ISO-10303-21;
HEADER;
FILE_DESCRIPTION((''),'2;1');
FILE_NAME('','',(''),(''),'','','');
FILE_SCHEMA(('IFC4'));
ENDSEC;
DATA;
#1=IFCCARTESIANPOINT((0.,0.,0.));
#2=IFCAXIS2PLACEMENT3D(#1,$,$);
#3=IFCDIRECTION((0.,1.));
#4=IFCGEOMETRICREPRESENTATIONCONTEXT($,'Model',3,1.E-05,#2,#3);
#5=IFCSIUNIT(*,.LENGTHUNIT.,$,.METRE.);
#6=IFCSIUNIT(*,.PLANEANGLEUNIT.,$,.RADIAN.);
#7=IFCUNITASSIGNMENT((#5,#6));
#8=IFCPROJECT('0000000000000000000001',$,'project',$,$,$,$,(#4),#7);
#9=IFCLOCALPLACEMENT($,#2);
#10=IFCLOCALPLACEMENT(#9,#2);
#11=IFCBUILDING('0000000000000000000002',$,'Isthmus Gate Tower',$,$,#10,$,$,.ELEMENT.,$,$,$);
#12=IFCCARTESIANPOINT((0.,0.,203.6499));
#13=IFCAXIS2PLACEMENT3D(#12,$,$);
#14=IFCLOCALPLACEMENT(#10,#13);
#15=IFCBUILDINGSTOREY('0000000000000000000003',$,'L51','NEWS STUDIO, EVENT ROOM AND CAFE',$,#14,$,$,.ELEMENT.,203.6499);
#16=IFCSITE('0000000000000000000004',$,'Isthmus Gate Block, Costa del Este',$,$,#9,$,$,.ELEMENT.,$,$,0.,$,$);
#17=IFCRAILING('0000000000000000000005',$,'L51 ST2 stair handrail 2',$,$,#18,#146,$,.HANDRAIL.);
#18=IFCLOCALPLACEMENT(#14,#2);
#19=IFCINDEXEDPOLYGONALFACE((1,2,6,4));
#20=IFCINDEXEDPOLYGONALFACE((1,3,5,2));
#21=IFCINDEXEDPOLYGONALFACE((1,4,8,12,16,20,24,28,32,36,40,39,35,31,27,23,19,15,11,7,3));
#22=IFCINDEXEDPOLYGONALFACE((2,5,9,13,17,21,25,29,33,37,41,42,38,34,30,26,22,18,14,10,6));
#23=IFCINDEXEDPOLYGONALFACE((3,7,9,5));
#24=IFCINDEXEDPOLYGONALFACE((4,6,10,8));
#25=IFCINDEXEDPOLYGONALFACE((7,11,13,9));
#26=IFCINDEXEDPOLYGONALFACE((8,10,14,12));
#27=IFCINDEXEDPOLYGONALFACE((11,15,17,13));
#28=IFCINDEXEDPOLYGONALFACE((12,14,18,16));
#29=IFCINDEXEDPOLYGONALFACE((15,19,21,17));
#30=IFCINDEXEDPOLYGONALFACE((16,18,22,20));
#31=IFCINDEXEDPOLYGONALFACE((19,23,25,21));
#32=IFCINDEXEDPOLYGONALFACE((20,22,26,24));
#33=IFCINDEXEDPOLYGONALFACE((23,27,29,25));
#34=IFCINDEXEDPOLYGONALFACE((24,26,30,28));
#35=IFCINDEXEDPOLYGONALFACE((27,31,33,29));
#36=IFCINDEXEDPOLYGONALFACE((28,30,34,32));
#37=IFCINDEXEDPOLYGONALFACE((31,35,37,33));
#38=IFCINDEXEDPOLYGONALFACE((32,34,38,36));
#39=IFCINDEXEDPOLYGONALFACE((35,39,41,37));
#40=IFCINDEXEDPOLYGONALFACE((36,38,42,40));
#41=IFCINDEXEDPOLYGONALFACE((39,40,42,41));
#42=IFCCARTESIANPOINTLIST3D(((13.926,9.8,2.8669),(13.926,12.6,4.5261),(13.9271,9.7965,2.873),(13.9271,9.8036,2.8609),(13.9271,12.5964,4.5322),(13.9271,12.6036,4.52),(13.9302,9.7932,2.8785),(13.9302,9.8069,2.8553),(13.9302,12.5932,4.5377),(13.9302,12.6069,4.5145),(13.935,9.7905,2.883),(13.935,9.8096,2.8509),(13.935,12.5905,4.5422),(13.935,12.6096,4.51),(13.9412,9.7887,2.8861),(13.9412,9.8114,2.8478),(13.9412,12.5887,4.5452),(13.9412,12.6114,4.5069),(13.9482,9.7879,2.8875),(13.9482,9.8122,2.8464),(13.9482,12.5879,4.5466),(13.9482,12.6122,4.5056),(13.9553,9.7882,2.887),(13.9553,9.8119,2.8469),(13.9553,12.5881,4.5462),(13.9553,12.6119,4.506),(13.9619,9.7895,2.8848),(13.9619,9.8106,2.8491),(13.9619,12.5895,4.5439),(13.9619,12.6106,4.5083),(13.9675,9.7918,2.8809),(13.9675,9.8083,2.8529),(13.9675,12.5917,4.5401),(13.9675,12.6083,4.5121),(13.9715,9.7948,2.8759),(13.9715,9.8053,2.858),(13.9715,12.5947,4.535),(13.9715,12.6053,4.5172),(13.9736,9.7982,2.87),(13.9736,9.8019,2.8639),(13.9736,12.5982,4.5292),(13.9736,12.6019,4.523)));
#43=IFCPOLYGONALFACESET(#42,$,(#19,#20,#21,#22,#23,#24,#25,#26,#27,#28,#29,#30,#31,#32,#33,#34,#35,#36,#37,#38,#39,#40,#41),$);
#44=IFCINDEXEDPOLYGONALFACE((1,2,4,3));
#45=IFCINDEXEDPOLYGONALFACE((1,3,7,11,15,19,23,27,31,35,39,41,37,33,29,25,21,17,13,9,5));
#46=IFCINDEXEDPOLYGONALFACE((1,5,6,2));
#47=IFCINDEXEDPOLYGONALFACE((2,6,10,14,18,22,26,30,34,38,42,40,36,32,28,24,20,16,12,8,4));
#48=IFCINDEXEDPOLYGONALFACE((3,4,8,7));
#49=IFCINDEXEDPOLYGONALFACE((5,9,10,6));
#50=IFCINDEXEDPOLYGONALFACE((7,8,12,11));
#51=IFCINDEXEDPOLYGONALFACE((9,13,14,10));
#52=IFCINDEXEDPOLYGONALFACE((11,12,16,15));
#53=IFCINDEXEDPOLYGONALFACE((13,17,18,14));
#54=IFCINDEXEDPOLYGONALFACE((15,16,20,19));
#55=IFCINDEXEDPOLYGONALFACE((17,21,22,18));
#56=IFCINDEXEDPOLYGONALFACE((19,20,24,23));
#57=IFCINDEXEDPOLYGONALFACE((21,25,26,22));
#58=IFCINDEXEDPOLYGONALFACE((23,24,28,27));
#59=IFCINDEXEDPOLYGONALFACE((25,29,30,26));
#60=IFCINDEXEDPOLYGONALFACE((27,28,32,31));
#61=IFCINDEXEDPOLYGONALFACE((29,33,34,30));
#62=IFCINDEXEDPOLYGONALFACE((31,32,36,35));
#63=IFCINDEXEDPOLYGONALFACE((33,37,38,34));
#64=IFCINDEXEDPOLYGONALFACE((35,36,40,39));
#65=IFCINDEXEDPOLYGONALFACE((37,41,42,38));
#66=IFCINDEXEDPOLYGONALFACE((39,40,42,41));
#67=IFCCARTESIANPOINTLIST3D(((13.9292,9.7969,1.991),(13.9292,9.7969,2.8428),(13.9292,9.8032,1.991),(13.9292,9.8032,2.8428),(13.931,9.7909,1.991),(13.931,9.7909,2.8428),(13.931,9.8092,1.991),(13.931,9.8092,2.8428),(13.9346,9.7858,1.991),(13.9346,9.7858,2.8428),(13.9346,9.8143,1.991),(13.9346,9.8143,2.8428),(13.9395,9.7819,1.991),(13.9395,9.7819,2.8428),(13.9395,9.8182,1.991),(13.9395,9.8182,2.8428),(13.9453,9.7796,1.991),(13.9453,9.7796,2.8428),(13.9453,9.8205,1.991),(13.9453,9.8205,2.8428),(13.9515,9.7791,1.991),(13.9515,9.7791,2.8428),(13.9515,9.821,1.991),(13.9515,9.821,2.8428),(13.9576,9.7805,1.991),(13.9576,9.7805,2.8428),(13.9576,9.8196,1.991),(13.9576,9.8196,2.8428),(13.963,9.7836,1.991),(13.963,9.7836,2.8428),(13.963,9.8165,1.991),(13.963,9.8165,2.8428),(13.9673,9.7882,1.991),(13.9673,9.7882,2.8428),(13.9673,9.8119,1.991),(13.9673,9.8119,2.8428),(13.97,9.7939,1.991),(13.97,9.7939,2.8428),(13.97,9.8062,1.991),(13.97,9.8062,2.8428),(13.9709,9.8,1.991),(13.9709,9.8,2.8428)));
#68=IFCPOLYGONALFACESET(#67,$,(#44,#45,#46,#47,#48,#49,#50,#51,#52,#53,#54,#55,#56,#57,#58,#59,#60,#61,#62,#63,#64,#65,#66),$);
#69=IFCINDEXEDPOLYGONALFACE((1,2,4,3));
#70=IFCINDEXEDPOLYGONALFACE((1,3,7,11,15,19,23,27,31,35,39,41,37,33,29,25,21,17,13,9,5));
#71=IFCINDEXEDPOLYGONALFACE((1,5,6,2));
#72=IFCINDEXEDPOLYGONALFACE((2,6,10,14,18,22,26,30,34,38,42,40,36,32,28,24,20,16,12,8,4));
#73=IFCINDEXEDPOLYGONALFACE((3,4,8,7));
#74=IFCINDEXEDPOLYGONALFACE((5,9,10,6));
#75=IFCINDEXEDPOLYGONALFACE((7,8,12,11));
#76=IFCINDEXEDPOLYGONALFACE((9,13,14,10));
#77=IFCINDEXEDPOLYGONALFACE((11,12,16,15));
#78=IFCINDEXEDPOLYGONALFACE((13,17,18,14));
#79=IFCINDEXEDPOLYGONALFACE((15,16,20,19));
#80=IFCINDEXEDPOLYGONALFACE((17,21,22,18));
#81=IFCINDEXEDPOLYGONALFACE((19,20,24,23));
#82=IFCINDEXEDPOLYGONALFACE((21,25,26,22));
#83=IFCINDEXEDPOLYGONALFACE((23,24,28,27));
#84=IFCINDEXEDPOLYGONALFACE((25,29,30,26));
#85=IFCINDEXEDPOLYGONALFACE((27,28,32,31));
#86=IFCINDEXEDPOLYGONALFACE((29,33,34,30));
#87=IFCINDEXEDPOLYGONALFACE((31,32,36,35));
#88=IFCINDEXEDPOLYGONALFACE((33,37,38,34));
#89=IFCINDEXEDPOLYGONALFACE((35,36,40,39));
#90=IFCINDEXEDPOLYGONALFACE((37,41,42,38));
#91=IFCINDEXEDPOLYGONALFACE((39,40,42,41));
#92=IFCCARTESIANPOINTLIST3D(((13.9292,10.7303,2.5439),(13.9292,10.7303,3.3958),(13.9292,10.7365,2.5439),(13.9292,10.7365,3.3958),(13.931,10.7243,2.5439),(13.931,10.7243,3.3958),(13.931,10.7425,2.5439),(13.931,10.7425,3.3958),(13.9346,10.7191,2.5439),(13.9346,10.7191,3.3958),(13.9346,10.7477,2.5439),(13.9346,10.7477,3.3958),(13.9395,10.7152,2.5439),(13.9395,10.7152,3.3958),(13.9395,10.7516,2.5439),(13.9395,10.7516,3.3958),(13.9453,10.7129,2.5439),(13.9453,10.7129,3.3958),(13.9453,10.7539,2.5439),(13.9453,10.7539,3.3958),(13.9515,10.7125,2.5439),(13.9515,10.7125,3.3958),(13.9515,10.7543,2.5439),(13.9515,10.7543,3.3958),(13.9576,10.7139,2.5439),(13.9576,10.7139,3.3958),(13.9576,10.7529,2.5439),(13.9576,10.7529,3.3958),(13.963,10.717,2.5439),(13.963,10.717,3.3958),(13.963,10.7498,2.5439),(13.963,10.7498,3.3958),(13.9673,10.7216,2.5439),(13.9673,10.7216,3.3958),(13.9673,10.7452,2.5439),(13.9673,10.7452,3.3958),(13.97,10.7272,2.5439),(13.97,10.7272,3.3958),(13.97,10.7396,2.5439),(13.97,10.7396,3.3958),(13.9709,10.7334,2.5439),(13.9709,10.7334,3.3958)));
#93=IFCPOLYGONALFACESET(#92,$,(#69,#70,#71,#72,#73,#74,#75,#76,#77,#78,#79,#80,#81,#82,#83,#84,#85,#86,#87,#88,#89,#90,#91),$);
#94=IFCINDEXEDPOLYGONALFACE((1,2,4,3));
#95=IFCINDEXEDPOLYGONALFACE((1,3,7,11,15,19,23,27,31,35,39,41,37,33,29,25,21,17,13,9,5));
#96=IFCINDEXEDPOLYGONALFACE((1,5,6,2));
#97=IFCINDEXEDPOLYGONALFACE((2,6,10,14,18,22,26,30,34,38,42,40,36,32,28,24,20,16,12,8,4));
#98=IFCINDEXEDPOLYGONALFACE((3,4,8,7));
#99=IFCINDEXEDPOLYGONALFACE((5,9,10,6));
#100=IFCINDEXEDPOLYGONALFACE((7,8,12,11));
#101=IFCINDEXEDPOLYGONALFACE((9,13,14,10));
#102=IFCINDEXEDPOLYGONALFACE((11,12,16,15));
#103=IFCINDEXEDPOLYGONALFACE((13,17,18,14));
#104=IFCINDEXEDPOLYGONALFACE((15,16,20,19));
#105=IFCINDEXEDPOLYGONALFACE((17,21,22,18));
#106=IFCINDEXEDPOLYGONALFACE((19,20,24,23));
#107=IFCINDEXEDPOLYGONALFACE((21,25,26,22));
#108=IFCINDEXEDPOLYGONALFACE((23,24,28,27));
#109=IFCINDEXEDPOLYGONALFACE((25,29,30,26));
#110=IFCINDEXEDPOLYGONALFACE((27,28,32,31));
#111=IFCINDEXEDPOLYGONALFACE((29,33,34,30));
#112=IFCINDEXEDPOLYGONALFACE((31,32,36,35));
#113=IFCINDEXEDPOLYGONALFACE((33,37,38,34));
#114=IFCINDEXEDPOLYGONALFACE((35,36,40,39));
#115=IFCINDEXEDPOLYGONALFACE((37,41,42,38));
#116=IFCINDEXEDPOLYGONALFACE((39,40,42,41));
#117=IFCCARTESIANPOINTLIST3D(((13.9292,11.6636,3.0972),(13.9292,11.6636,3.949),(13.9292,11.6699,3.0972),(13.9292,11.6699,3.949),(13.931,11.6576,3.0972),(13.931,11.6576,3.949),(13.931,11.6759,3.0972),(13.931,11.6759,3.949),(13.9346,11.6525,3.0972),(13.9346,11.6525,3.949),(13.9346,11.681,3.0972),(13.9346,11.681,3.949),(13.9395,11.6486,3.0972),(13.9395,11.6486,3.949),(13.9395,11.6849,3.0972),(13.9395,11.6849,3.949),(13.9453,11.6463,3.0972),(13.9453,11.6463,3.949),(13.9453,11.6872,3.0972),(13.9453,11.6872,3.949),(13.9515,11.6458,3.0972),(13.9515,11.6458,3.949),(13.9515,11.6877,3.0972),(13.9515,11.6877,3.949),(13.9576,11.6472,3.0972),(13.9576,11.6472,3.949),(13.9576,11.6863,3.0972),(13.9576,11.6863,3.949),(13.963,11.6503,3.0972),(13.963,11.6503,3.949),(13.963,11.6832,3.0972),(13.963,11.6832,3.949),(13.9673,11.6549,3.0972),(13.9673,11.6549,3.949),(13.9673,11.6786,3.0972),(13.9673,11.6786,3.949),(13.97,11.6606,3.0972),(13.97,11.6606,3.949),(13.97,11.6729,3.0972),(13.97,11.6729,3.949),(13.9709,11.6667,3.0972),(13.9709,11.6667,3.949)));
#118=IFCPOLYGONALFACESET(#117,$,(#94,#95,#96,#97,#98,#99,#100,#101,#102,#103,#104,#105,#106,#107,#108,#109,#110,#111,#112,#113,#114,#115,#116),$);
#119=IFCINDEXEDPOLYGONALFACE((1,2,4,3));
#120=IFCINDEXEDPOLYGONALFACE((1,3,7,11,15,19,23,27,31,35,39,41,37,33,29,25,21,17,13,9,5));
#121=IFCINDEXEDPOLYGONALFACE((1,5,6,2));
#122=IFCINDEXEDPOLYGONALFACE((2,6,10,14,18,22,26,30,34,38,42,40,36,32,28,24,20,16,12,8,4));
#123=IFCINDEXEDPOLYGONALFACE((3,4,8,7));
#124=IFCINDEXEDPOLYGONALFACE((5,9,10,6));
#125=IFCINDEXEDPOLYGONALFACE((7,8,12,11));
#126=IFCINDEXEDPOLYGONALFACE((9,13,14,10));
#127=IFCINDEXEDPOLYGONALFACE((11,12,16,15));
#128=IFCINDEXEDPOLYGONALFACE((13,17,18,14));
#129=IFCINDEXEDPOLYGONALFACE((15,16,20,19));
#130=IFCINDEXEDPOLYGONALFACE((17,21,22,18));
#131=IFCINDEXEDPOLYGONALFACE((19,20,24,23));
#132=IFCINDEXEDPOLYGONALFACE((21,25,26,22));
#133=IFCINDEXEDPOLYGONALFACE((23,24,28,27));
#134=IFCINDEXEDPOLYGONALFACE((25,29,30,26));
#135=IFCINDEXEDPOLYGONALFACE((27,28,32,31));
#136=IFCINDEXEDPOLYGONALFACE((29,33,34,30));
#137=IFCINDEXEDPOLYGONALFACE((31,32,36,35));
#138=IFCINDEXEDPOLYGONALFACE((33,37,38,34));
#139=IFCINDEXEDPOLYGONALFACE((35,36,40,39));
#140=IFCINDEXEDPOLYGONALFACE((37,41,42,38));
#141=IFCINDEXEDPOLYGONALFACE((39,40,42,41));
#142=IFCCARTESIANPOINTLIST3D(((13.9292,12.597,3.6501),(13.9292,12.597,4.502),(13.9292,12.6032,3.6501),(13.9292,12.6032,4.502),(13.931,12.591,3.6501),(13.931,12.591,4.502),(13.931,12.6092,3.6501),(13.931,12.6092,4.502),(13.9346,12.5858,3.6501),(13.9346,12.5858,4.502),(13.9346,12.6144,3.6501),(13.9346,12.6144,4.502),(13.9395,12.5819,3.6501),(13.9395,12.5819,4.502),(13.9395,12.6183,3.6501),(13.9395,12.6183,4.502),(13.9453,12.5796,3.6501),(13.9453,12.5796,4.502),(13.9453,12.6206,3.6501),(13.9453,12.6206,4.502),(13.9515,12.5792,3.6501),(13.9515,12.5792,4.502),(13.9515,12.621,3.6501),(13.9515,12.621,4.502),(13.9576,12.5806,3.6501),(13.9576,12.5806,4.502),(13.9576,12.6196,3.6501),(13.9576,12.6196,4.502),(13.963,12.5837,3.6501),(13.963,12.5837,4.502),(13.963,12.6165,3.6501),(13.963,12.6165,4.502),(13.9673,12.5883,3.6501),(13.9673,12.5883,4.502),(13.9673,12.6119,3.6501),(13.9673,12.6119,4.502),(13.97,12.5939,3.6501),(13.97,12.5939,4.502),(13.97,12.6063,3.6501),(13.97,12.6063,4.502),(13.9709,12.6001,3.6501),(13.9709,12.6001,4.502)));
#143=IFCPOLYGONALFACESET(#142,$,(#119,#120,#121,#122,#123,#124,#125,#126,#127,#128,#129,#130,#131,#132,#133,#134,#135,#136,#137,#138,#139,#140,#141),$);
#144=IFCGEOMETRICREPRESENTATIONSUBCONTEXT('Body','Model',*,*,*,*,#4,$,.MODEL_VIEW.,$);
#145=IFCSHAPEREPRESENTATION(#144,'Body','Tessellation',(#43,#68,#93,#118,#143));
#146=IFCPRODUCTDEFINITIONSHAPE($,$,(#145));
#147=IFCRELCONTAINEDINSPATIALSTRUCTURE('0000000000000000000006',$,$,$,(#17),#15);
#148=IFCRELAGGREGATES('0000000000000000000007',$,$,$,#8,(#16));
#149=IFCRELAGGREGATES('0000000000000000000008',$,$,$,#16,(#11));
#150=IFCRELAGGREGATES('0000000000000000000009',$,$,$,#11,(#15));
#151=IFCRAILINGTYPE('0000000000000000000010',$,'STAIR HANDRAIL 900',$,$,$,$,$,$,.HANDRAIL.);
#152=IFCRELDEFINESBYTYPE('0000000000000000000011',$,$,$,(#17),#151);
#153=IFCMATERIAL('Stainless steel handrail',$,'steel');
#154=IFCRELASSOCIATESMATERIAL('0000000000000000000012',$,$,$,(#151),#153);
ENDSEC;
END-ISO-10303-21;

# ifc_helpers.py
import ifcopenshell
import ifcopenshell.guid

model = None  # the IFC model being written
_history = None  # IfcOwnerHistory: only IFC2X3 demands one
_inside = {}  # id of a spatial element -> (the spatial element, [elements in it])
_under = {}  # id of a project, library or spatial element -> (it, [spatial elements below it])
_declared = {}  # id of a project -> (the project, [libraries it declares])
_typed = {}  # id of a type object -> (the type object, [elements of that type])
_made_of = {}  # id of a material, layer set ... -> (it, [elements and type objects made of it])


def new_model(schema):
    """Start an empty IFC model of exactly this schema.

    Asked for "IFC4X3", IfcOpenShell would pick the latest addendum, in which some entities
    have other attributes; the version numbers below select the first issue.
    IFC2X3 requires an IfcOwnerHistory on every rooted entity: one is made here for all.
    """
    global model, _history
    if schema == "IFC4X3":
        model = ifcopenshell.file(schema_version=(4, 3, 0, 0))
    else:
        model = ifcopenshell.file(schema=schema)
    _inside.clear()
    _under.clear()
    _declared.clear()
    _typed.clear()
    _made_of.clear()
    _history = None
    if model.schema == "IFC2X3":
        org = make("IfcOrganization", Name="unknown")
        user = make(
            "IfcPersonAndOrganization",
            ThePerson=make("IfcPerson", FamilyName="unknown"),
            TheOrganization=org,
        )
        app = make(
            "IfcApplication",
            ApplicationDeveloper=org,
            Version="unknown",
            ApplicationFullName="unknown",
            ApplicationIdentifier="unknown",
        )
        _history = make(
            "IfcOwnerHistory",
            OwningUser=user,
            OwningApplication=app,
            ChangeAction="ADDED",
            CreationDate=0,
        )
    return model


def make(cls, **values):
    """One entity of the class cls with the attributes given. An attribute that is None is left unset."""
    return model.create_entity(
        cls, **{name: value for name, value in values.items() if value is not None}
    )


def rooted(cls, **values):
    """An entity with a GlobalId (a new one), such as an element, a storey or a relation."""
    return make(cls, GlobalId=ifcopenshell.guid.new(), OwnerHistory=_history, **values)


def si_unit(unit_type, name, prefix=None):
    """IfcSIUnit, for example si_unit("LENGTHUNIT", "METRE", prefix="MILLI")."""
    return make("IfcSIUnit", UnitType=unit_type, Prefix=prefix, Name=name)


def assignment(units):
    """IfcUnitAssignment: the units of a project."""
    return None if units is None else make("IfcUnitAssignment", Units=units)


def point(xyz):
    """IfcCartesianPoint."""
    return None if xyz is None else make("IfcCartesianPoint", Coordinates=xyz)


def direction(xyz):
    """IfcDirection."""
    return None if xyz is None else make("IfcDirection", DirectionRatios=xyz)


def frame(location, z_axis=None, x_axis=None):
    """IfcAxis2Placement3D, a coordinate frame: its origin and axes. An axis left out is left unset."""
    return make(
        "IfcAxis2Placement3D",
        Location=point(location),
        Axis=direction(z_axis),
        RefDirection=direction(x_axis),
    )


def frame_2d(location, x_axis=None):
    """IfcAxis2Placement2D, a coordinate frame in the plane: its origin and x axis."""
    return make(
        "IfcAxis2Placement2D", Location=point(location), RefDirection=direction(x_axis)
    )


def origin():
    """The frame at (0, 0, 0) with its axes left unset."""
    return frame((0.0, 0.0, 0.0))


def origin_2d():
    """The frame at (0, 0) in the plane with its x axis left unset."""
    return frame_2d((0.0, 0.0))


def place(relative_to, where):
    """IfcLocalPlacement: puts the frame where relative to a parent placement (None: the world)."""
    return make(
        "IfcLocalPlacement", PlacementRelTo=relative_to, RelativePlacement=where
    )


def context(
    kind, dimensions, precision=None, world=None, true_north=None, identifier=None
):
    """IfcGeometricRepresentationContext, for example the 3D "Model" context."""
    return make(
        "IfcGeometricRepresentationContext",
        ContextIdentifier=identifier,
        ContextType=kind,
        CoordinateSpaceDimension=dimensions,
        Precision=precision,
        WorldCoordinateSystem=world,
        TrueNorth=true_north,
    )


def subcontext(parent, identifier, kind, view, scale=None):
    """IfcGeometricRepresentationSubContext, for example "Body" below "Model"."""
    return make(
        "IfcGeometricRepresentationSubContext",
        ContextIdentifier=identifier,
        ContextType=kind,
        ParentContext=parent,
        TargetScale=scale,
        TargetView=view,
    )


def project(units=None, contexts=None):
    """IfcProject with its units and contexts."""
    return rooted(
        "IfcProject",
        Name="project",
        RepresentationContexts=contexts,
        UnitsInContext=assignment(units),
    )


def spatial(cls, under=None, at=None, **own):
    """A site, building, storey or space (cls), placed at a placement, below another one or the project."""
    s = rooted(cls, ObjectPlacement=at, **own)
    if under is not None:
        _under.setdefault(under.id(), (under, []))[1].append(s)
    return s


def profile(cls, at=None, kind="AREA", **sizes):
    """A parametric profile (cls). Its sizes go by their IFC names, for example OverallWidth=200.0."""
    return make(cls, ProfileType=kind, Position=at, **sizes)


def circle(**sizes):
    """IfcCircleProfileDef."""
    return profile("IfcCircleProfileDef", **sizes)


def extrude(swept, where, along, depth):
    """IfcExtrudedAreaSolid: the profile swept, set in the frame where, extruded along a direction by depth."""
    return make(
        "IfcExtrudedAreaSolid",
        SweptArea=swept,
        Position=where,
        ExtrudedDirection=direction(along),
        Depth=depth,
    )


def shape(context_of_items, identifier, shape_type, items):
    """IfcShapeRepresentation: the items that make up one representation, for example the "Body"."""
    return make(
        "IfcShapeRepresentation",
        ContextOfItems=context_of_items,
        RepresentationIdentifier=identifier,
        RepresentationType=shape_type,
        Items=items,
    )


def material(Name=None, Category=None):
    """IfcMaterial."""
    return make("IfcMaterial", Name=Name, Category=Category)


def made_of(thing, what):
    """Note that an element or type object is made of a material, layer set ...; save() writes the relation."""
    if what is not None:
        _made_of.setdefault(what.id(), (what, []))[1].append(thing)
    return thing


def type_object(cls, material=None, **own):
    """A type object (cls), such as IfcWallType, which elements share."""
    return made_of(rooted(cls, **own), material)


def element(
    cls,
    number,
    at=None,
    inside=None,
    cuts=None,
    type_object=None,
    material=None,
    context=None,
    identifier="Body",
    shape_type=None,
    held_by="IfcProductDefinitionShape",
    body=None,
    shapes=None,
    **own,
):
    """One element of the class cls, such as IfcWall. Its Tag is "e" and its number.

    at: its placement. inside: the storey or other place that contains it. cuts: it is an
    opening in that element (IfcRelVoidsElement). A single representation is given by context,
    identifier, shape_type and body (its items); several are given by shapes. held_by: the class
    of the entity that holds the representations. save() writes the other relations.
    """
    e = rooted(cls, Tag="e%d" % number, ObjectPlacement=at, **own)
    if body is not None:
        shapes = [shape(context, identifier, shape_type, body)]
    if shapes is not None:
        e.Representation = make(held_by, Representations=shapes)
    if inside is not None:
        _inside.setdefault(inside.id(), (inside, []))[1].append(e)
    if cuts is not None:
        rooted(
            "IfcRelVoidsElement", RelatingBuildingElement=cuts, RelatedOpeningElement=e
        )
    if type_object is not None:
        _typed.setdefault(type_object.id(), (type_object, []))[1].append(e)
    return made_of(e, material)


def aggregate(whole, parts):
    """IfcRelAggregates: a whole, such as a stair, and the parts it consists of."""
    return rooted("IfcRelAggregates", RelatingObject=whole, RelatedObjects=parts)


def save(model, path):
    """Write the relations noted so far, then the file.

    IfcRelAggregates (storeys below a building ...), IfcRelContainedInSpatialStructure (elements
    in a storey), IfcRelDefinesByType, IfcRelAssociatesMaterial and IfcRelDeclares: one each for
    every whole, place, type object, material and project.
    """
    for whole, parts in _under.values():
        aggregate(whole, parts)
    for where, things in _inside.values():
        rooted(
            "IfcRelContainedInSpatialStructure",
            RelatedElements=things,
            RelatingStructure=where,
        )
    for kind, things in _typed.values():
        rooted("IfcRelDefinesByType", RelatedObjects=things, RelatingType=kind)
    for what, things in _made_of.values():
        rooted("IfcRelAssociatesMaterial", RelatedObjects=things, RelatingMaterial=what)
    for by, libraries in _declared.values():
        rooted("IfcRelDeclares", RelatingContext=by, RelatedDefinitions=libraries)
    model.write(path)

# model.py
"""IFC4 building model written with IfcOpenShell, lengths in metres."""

from ifc_helpers import new_model, si_unit, direction, frame, origin, origin_2d, place, context, subcontext, project, spatial, circle, extrude, material, type_object, element, save


model = new_model("IFC4")

# Units and contexts
model_context = context("Model", 3, precision=1e-05, world=origin(), true_north=direction((0.0, 1.0)))
body_context = subcontext(model_context, "Body", "Model", "MODEL_VIEW")
ifc_project = project(units=[si_unit("LENGTHUNIT", "METRE"), si_unit("PLANEANGLEUNIT", "RADIAN")], contexts=[model_context])

# Site, building, storey
site_placement = place(None, origin())
site = spatial("IfcSite", under=ifc_project, at=site_placement, Name="Isthmus Gate Block, Costa del Este", CompositionType="ELEMENT", RefElevation=0.0)
building_placement = place(site_placement, origin())
building = spatial("IfcBuilding", under=site, at=building_placement, Name="Isthmus Gate Tower", CompositionType="ELEMENT")
storey_placement = place(building_placement, frame((0.0, 0.0, 203.6499)))
storey = spatial("IfcBuildingStorey", under=building, at=storey_placement, Name="L51", Description="NEWS STUDIO, EVENT ROOM AND CAFE", CompositionType="ELEMENT", Elevation=203.6499)

# Railing
ifc_material_1 = material(Name="Stainless steel handrail", Category="steel")
railing_type_1 = type_object("IfcRailingType", Name="STAIR HANDRAIL 900", PredefinedType="HANDRAIL", material=ifc_material_1)
for number, where, name in (
    (1, (13.95, 9.8, 1.991), "L51 ST2 stair handrail 2"),
):
    element("IfcRailing", number, at=place(storey_placement, frame(where)), inside=storey, type_object=railing_type_1, Name=name, PredefinedType="HANDRAIL", context=body_context, shape_type="SweptSolid", body=[
        extrude(circle(Radius=0.0239, at=origin_2d()), frame((0.0, 0.0, 0.876), z_axis=(0.0, 0.860306, 0.509778), x_axis=(-1.0, 0.0, 0.0)), (0.0, 0.0, 1.0), 3.2546),
        extrude(circle(Radius=0.021, at=origin_2d()), origin(), (0.0, 0.0, 1.0), 0.8518),
        extrude(circle(Radius=0.021, at=origin_2d()), frame((0.0, 0.9333, 0.553)), (0.0, 0.0, 1.0), 0.8518),
        extrude(circle(Radius=0.021, at=origin_2d()), frame((0.0, 1.8667, 1.1062)), (0.0, 0.0, 1.0), 0.8518),
        extrude(circle(Radius=0.021, at=origin_2d()), frame((0.0, 2.8, 1.6592)), (0.0, 0.0, 1.0), 0.8518),
    ])

save(model, "model.ifc")
